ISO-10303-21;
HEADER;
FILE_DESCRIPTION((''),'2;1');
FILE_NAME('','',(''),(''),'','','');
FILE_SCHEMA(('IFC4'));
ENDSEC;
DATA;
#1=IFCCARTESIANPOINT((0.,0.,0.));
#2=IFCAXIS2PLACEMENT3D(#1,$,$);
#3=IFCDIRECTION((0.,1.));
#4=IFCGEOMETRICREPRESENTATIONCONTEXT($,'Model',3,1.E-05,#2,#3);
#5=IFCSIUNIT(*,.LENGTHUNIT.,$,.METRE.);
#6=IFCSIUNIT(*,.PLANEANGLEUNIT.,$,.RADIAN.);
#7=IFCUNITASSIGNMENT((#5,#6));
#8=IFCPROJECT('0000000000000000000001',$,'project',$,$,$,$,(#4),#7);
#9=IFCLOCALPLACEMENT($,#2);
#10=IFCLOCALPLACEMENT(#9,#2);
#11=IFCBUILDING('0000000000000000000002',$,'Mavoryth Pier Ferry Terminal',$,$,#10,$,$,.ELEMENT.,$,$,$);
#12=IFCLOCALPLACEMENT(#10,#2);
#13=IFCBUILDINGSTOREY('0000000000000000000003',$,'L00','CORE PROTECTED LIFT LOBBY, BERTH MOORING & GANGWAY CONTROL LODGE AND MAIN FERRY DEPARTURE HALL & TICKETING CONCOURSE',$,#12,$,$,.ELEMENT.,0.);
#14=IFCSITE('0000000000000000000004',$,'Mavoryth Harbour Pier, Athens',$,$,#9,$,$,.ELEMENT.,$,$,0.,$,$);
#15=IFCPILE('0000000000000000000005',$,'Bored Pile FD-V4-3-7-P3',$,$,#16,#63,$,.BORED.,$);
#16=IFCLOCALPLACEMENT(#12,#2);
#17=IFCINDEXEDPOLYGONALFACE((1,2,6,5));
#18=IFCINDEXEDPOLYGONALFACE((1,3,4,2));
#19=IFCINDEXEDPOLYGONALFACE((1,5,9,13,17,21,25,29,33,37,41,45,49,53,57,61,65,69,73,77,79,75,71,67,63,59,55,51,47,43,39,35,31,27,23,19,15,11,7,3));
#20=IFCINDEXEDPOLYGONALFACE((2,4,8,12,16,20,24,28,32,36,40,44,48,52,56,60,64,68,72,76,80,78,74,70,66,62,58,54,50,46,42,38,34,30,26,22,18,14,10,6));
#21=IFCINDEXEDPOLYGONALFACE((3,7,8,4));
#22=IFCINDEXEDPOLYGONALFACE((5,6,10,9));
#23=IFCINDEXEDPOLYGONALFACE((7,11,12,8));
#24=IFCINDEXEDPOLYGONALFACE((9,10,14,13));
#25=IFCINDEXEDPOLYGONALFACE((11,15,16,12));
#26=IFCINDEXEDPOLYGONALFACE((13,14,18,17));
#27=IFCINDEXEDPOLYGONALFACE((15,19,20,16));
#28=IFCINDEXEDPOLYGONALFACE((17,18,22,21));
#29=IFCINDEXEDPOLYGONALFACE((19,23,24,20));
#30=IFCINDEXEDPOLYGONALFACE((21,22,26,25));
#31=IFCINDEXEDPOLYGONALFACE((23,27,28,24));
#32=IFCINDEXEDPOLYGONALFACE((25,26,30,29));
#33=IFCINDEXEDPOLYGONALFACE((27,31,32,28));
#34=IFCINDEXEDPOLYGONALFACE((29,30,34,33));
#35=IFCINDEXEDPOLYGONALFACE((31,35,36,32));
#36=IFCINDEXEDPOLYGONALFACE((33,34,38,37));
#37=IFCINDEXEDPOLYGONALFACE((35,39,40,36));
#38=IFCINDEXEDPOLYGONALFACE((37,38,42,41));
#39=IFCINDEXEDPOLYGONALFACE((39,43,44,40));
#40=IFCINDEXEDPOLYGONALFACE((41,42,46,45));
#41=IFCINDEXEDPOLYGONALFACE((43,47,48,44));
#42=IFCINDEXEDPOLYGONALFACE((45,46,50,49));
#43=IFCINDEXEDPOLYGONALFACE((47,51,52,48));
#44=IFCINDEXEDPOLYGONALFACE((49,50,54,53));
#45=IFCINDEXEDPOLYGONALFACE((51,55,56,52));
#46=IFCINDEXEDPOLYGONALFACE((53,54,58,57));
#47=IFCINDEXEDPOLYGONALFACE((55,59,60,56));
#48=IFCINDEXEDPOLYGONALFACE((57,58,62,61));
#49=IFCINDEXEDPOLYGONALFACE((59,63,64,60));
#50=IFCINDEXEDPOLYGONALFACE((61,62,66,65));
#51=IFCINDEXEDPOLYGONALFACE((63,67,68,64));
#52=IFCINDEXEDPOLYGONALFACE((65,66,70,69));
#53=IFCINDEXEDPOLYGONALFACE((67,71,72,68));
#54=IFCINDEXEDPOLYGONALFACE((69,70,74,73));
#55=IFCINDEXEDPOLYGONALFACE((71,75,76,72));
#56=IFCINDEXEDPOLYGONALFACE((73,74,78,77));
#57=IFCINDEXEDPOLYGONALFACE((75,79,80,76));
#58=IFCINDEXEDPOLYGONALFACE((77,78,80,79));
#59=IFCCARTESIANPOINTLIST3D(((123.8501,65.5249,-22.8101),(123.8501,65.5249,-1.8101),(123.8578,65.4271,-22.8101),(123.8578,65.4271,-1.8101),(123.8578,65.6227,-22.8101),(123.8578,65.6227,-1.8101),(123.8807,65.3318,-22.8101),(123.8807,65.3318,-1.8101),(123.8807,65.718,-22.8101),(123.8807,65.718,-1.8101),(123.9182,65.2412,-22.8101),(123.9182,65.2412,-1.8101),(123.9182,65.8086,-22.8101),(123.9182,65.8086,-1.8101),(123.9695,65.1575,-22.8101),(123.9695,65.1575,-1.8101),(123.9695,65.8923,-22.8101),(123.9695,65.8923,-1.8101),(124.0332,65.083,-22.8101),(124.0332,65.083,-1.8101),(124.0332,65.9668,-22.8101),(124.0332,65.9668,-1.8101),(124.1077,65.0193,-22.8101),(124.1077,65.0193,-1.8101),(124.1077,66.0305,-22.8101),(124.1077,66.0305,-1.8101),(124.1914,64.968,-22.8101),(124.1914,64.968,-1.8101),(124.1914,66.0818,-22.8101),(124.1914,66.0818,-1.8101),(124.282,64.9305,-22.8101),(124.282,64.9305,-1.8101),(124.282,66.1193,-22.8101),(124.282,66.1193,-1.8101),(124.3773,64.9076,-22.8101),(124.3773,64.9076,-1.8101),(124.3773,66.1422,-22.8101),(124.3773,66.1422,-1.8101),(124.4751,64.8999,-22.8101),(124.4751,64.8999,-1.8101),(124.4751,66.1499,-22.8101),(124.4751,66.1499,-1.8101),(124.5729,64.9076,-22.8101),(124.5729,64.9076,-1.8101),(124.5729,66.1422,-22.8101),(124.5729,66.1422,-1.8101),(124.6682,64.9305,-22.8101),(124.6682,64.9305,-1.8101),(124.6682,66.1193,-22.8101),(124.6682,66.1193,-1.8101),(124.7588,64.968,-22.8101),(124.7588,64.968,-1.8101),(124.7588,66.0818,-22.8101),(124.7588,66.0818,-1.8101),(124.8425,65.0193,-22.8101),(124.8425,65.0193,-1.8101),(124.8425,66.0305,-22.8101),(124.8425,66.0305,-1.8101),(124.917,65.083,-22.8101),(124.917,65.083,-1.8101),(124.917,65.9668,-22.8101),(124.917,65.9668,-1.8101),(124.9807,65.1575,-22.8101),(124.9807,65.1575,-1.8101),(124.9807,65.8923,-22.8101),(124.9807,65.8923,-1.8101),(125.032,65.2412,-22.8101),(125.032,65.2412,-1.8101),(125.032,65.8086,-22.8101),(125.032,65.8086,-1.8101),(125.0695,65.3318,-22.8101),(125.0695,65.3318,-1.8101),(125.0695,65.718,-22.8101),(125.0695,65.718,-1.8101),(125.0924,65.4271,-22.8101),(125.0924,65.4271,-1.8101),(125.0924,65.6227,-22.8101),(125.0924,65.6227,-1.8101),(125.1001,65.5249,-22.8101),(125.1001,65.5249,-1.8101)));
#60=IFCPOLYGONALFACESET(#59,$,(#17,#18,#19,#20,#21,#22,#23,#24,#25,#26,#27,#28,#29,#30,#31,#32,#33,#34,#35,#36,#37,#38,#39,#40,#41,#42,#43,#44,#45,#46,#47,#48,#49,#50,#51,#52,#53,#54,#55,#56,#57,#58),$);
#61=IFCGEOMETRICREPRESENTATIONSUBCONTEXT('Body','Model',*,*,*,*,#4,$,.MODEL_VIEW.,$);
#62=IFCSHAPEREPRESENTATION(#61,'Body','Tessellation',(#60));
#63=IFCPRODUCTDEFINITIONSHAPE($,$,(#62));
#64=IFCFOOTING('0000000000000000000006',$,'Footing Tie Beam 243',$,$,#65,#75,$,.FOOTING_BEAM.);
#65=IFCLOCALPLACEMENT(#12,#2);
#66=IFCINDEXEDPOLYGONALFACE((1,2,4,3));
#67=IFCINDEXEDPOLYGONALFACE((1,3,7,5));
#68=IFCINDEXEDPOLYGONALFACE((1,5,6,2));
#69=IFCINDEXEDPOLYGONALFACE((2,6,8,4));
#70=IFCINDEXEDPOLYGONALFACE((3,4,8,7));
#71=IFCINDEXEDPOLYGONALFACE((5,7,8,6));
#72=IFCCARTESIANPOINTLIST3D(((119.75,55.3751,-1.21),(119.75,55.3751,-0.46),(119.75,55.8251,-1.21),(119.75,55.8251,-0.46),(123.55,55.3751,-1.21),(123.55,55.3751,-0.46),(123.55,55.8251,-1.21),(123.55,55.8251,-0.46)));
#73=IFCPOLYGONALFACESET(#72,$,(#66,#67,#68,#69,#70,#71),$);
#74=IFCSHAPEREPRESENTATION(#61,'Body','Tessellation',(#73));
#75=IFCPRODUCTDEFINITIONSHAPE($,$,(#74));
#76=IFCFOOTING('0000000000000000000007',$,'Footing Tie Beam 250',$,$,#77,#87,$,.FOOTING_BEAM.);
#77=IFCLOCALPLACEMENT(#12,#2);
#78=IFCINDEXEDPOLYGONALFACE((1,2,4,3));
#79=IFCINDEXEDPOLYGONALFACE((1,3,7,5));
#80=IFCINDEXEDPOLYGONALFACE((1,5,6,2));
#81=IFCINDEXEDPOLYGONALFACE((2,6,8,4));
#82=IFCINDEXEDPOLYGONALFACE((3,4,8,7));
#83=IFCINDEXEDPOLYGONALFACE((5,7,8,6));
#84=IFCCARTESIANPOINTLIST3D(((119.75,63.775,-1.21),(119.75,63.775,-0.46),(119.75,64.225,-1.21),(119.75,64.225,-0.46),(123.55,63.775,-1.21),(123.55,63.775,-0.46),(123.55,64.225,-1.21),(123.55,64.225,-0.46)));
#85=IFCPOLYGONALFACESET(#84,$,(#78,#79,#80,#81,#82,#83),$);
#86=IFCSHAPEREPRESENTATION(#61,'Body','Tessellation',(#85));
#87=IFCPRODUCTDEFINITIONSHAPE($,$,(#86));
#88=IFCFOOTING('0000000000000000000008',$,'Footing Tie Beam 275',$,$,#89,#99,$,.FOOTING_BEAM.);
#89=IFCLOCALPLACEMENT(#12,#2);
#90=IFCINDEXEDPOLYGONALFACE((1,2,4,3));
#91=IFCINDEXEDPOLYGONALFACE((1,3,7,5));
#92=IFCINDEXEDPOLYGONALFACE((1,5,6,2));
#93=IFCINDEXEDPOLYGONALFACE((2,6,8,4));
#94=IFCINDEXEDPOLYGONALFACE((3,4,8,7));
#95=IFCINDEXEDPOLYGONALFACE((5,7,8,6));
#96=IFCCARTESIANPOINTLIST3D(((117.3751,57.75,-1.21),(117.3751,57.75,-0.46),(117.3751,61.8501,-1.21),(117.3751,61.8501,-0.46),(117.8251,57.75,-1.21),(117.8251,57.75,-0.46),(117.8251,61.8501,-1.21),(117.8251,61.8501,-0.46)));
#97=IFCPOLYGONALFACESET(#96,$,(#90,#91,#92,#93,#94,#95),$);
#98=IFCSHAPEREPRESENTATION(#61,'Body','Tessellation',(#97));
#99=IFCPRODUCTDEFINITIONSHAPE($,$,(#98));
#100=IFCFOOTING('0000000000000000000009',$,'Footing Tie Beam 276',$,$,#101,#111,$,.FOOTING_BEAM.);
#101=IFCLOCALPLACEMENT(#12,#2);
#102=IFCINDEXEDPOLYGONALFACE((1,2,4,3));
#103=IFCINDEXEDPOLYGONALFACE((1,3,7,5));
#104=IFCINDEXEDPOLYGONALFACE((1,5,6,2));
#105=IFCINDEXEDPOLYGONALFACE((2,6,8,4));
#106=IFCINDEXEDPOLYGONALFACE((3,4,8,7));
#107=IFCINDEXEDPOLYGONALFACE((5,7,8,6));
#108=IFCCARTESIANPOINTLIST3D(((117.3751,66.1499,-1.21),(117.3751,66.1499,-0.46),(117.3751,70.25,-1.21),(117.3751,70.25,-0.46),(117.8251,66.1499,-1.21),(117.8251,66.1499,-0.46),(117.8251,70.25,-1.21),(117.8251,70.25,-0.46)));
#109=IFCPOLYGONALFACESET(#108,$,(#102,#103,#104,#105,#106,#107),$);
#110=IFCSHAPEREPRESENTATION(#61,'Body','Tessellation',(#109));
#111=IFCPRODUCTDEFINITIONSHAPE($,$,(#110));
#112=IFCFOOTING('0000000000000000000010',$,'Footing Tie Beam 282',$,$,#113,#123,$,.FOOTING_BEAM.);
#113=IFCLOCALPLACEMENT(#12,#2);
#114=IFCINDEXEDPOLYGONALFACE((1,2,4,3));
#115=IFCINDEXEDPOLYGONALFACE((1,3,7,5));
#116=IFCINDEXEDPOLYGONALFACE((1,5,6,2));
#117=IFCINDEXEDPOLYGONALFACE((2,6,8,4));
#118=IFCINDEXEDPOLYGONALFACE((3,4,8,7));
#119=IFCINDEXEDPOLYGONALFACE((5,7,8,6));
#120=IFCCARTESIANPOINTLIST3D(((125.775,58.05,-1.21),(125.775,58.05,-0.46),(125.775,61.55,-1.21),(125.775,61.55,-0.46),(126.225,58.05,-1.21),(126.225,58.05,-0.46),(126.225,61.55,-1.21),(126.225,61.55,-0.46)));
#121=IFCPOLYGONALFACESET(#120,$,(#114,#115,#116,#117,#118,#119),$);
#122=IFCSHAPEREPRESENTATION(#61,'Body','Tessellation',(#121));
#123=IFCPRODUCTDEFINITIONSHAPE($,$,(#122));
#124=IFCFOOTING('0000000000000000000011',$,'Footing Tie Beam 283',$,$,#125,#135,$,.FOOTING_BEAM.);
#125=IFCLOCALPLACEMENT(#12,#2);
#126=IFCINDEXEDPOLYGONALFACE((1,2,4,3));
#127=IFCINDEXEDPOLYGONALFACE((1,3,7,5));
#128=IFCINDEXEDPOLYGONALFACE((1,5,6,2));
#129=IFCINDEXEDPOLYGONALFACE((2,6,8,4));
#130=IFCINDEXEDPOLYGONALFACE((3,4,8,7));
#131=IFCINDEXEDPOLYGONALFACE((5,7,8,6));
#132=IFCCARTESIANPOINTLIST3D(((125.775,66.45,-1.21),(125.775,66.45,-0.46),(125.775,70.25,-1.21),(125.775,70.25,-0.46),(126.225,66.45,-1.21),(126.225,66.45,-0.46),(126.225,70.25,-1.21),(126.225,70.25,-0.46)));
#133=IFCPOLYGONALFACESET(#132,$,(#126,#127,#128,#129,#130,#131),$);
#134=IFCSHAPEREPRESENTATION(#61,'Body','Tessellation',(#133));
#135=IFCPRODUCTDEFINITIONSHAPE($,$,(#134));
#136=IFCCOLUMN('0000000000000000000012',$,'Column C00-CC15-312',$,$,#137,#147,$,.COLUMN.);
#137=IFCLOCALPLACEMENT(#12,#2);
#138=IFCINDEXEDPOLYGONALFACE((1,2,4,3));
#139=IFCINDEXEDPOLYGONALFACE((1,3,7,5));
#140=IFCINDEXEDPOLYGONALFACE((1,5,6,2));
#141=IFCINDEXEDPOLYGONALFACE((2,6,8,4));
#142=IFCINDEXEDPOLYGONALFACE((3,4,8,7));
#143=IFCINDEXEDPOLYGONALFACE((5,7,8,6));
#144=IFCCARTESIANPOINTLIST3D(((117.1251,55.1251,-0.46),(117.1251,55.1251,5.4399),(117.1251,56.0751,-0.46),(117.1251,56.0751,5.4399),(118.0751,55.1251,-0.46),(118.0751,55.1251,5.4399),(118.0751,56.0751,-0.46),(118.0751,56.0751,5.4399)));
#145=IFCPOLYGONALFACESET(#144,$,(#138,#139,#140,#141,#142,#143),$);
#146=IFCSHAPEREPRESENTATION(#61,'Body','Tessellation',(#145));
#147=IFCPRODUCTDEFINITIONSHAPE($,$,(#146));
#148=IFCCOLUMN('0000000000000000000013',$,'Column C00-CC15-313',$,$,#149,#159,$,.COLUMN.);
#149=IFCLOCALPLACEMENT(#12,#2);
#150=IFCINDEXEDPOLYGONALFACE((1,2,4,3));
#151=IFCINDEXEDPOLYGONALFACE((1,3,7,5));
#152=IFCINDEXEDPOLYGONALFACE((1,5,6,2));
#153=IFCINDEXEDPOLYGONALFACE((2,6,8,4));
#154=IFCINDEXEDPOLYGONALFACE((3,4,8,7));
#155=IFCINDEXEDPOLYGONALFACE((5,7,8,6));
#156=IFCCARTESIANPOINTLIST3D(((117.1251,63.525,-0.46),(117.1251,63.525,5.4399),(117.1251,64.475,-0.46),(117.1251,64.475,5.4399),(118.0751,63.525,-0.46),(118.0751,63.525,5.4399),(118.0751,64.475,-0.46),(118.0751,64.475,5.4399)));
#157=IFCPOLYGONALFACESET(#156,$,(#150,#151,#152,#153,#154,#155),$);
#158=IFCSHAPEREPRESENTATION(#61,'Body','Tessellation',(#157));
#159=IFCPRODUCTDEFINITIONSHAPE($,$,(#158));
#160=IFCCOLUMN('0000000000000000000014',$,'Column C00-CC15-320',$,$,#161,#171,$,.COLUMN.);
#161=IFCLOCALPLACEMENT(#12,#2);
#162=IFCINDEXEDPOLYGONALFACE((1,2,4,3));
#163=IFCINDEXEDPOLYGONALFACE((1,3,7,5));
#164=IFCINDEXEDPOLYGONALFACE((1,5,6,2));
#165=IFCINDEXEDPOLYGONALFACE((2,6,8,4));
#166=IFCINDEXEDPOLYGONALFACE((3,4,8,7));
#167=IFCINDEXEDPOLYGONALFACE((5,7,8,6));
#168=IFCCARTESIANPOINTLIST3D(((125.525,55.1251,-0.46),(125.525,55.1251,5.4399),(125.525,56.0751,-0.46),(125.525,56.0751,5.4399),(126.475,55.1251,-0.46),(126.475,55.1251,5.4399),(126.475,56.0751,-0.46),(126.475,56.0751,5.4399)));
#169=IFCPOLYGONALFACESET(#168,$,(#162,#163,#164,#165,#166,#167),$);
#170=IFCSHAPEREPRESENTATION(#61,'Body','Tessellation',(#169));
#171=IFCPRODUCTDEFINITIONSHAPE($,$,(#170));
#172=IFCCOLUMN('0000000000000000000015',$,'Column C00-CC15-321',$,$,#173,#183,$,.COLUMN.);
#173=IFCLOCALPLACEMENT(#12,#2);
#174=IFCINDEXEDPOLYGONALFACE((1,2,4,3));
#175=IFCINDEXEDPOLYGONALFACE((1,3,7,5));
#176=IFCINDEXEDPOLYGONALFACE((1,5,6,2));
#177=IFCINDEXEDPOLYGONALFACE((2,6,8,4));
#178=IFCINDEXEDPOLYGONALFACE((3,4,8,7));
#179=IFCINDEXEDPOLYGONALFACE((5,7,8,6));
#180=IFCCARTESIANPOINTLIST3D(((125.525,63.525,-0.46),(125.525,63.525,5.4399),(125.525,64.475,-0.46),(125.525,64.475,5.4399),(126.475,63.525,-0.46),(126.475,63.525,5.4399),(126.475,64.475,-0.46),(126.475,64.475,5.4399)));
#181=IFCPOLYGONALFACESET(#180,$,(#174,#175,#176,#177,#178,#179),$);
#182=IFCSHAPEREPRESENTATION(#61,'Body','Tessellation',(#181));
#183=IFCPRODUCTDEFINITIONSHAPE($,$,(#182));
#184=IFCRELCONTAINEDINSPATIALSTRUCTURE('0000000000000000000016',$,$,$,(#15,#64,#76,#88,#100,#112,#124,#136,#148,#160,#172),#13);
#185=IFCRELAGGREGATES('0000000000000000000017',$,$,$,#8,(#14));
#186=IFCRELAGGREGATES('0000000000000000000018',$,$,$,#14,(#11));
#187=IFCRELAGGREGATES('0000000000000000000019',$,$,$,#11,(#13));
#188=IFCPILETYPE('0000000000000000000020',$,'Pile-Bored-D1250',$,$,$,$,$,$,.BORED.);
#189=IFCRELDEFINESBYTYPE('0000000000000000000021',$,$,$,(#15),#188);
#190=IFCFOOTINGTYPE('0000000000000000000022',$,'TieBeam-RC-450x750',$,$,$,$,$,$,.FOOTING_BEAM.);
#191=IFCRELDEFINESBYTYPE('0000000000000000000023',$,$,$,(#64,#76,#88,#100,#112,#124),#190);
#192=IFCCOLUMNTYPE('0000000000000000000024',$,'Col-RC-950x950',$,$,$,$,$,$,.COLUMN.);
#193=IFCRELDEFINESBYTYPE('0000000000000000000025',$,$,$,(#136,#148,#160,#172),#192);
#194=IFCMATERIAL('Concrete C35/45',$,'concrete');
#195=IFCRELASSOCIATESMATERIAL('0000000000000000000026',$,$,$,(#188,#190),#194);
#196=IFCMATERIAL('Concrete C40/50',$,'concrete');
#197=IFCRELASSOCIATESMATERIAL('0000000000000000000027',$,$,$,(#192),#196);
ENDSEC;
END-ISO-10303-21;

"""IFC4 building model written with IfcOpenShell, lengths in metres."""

from ifc_helpers import new_model, si_unit, direction, frame, origin, origin_2d, place, context, subcontext, project, spatial, rectangle, circle, extrude, material, material_profile, profile_set, type_object, element, save


model = new_model("IFC4")

# Units and contexts
model_context = context("Model", 3, precision=1e-05, world=origin(), true_north=direction((0.0, 1.0)))
body_context = subcontext(model_context, "Body", "Model", "MODEL_VIEW")
ifc_project = project(units=[si_unit("LENGTHUNIT", "METRE"), si_unit("PLANEANGLEUNIT", "RADIAN")], contexts=[model_context])

# Site, building, storey
site_placement = place(None, origin())
site = spatial("IfcSite", under=ifc_project, at=site_placement, Name="Mavoryth Harbour Pier, Athens", CompositionType="ELEMENT", RefElevation=0.0)
building_placement = place(site_placement, origin())
building = spatial("IfcBuilding", under=site, at=building_placement, Name="Mavoryth Pier Ferry Terminal", CompositionType="ELEMENT")
storey_placement = place(building_placement, origin())
storey = spatial("IfcBuildingStorey", under=building, at=storey_placement, Name="L00", Description="CORE PROTECTED LIFT LOBBY, BERTH MOORING & GANGWAY CONTROL LODGE AND MAIN FERRY DEPARTURE HALL & TICKETING CONCOURSE", CompositionType="ELEMENT", Elevation=0.0)

# Shared definitions
ifc_material_1 = material(Name="Concrete C35/45", Category="concrete")

# Pile
ifc_material_profile_1 = material_profile(ifc_material_1, circle(Radius=0.625, at=origin_2d()), Name="PILE D1250", Category="concrete")
ifc_profile_set_1 = profile_set([ifc_material_profile_1], Name="Concrete C35/45 - PILE D1250")
pile_type_1 = type_object("IfcPileType", Name="Pile-Bored-D1250", PredefinedType="BORED", material=ifc_profile_set_1)
for number, where, z_axis, x_axis, name in (
    (1, (124.4751, 65.5249, -1.8101), (0.0, 0.0, -1.0), (1.0, 0.0, 0.0), "Bored Pile FD-V4-3-7-P3"),
):
    element("IfcPile", number, at=place(storey_placement, frame(where, z_axis=z_axis, x_axis=x_axis)), inside=storey, type_object=pile_type_1, Name=name, PredefinedType="BORED", context=body_context, shape_type="SweptSolid", body=[
        extrude(circle(Radius=0.625, at=origin_2d()), origin(), (0.0, 0.0, 1.0), 21.0),
    ])

# Footings
ifc_material_profile_2 = material_profile(ifc_material_1, rectangle(XDim=0.45, YDim=0.75, at=origin_2d()), Name="RC 450x750", Category="concrete")
ifc_profile_set_2 = profile_set([ifc_material_profile_2], Name="Concrete C35/45 - RC 450x750")
footing_type_1 = type_object("IfcFootingType", Name="TieBeam-RC-450x750", PredefinedType="FOOTING_BEAM", material=ifc_profile_set_2)
for number, where, z_axis, x_axis, name in (
    (2, (119.75, 55.6001, -0.835), (1.0, 0.0, 0.0), (0.0, 1.0, 0.0), "Footing Tie Beam 243"),
    (3, (119.75, 64.0, -0.835), (1.0, 0.0, 0.0), (0.0, 1.0, 0.0), "Footing Tie Beam 250"),
):
    element("IfcFooting", number, at=place(storey_placement, frame(where, z_axis=z_axis, x_axis=x_axis)), inside=storey, type_object=footing_type_1, Name=name, PredefinedType="FOOTING_BEAM", context=body_context, shape_type="SweptSolid", body=[
        extrude(rectangle(XDim=0.45, YDim=0.75, at=origin_2d()), origin(), (0.0, 0.0, 1.0), 3.8),
    ])
for number, where, z_axis, x_axis, name in (
    (4, (117.6001, 57.75, -0.835), (0.0, 1.0, 0.0), (-1.0, 0.0, 0.0), "Footing Tie Beam 275"),
    (5, (117.6001, 66.1499, -0.835), (0.0, 1.0, 0.0), (-1.0, 0.0, 0.0), "Footing Tie Beam 276"),
):
    element("IfcFooting", number, at=place(storey_placement, frame(where, z_axis=z_axis, x_axis=x_axis)), inside=storey, type_object=footing_type_1, Name=name, PredefinedType="FOOTING_BEAM", context=body_context, shape_type="SweptSolid", body=[
        extrude(rectangle(XDim=0.45, YDim=0.75, at=origin_2d()), origin(), (0.0, 0.0, 1.0), 4.1001),
    ])
footing_1_placement = place(storey_placement, frame((126.0, 58.05, -0.835), z_axis=(0.0, 1.0, 0.0), x_axis=(-1.0, 0.0, 0.0)))
element("IfcFooting", 6, at=footing_1_placement, inside=storey, type_object=footing_type_1, Name="Footing Tie Beam 282", PredefinedType="FOOTING_BEAM", context=body_context, shape_type="SweptSolid", body=[
    extrude(rectangle(XDim=0.45, YDim=0.75, at=origin_2d()), origin(), (0.0, 0.0, 1.0), 3.5),
])
footing_2_placement = place(storey_placement, frame((126.0, 66.45, -0.835), z_axis=(0.0, 1.0, 0.0), x_axis=(-1.0, 0.0, 0.0)))
element("IfcFooting", 7, at=footing_2_placement, inside=storey, type_object=footing_type_1, Name="Footing Tie Beam 283", PredefinedType="FOOTING_BEAM", context=body_context, shape_type="SweptSolid", body=[
    extrude(rectangle(XDim=0.45, YDim=0.75, at=origin_2d()), origin(), (0.0, 0.0, 1.0), 3.8),
])

# Columns
ifc_material_2 = material(Name="Concrete C40/50", Category="concrete")
ifc_material_profile_3 = material_profile(ifc_material_2, rectangle(XDim=0.95, YDim=0.95, at=origin_2d()), Name="RC 950x950", Category="concrete")
ifc_profile_set_3 = profile_set([ifc_material_profile_3], Name="Concrete C40/50 - RC 950x950")
column_type = type_object("IfcColumnType", Name="Col-RC-950x950", PredefinedType="COLUMN", material=ifc_profile_set_3)
for number, where, z_axis, x_axis, name in (
    (8, (117.6001, 55.6001, -0.46), (0.0, 0.0, 1.0), (1.0, 0.0, 0.0), "Column C00-CC15-312"),
    (9, (117.6001, 64.0, -0.46), (0.0, 0.0, 1.0), (1.0, 0.0, 0.0), "Column C00-CC15-313"),
    (10, (126.0, 55.6001, -0.46), (0.0, 0.0, 1.0), (1.0, 0.0, 0.0), "Column C00-CC15-320"),
    (11, (126.0, 64.0, -0.46), (0.0, 0.0, 1.0), (1.0, 0.0, 0.0), "Column C00-CC15-321"),
):
    element("IfcColumn", number, at=place(storey_placement, frame(where, z_axis=z_axis, x_axis=x_axis)), inside=storey, type_object=column_type, Name=name, PredefinedType="COLUMN", context=body_context, shape_type="SweptSolid", body=[
        extrude(rectangle(XDim=0.95, YDim=0.95, at=origin_2d()), origin(), (0.0, 0.0, 1.0), 5.8999),
    ])

save(model, "model.ifc")
